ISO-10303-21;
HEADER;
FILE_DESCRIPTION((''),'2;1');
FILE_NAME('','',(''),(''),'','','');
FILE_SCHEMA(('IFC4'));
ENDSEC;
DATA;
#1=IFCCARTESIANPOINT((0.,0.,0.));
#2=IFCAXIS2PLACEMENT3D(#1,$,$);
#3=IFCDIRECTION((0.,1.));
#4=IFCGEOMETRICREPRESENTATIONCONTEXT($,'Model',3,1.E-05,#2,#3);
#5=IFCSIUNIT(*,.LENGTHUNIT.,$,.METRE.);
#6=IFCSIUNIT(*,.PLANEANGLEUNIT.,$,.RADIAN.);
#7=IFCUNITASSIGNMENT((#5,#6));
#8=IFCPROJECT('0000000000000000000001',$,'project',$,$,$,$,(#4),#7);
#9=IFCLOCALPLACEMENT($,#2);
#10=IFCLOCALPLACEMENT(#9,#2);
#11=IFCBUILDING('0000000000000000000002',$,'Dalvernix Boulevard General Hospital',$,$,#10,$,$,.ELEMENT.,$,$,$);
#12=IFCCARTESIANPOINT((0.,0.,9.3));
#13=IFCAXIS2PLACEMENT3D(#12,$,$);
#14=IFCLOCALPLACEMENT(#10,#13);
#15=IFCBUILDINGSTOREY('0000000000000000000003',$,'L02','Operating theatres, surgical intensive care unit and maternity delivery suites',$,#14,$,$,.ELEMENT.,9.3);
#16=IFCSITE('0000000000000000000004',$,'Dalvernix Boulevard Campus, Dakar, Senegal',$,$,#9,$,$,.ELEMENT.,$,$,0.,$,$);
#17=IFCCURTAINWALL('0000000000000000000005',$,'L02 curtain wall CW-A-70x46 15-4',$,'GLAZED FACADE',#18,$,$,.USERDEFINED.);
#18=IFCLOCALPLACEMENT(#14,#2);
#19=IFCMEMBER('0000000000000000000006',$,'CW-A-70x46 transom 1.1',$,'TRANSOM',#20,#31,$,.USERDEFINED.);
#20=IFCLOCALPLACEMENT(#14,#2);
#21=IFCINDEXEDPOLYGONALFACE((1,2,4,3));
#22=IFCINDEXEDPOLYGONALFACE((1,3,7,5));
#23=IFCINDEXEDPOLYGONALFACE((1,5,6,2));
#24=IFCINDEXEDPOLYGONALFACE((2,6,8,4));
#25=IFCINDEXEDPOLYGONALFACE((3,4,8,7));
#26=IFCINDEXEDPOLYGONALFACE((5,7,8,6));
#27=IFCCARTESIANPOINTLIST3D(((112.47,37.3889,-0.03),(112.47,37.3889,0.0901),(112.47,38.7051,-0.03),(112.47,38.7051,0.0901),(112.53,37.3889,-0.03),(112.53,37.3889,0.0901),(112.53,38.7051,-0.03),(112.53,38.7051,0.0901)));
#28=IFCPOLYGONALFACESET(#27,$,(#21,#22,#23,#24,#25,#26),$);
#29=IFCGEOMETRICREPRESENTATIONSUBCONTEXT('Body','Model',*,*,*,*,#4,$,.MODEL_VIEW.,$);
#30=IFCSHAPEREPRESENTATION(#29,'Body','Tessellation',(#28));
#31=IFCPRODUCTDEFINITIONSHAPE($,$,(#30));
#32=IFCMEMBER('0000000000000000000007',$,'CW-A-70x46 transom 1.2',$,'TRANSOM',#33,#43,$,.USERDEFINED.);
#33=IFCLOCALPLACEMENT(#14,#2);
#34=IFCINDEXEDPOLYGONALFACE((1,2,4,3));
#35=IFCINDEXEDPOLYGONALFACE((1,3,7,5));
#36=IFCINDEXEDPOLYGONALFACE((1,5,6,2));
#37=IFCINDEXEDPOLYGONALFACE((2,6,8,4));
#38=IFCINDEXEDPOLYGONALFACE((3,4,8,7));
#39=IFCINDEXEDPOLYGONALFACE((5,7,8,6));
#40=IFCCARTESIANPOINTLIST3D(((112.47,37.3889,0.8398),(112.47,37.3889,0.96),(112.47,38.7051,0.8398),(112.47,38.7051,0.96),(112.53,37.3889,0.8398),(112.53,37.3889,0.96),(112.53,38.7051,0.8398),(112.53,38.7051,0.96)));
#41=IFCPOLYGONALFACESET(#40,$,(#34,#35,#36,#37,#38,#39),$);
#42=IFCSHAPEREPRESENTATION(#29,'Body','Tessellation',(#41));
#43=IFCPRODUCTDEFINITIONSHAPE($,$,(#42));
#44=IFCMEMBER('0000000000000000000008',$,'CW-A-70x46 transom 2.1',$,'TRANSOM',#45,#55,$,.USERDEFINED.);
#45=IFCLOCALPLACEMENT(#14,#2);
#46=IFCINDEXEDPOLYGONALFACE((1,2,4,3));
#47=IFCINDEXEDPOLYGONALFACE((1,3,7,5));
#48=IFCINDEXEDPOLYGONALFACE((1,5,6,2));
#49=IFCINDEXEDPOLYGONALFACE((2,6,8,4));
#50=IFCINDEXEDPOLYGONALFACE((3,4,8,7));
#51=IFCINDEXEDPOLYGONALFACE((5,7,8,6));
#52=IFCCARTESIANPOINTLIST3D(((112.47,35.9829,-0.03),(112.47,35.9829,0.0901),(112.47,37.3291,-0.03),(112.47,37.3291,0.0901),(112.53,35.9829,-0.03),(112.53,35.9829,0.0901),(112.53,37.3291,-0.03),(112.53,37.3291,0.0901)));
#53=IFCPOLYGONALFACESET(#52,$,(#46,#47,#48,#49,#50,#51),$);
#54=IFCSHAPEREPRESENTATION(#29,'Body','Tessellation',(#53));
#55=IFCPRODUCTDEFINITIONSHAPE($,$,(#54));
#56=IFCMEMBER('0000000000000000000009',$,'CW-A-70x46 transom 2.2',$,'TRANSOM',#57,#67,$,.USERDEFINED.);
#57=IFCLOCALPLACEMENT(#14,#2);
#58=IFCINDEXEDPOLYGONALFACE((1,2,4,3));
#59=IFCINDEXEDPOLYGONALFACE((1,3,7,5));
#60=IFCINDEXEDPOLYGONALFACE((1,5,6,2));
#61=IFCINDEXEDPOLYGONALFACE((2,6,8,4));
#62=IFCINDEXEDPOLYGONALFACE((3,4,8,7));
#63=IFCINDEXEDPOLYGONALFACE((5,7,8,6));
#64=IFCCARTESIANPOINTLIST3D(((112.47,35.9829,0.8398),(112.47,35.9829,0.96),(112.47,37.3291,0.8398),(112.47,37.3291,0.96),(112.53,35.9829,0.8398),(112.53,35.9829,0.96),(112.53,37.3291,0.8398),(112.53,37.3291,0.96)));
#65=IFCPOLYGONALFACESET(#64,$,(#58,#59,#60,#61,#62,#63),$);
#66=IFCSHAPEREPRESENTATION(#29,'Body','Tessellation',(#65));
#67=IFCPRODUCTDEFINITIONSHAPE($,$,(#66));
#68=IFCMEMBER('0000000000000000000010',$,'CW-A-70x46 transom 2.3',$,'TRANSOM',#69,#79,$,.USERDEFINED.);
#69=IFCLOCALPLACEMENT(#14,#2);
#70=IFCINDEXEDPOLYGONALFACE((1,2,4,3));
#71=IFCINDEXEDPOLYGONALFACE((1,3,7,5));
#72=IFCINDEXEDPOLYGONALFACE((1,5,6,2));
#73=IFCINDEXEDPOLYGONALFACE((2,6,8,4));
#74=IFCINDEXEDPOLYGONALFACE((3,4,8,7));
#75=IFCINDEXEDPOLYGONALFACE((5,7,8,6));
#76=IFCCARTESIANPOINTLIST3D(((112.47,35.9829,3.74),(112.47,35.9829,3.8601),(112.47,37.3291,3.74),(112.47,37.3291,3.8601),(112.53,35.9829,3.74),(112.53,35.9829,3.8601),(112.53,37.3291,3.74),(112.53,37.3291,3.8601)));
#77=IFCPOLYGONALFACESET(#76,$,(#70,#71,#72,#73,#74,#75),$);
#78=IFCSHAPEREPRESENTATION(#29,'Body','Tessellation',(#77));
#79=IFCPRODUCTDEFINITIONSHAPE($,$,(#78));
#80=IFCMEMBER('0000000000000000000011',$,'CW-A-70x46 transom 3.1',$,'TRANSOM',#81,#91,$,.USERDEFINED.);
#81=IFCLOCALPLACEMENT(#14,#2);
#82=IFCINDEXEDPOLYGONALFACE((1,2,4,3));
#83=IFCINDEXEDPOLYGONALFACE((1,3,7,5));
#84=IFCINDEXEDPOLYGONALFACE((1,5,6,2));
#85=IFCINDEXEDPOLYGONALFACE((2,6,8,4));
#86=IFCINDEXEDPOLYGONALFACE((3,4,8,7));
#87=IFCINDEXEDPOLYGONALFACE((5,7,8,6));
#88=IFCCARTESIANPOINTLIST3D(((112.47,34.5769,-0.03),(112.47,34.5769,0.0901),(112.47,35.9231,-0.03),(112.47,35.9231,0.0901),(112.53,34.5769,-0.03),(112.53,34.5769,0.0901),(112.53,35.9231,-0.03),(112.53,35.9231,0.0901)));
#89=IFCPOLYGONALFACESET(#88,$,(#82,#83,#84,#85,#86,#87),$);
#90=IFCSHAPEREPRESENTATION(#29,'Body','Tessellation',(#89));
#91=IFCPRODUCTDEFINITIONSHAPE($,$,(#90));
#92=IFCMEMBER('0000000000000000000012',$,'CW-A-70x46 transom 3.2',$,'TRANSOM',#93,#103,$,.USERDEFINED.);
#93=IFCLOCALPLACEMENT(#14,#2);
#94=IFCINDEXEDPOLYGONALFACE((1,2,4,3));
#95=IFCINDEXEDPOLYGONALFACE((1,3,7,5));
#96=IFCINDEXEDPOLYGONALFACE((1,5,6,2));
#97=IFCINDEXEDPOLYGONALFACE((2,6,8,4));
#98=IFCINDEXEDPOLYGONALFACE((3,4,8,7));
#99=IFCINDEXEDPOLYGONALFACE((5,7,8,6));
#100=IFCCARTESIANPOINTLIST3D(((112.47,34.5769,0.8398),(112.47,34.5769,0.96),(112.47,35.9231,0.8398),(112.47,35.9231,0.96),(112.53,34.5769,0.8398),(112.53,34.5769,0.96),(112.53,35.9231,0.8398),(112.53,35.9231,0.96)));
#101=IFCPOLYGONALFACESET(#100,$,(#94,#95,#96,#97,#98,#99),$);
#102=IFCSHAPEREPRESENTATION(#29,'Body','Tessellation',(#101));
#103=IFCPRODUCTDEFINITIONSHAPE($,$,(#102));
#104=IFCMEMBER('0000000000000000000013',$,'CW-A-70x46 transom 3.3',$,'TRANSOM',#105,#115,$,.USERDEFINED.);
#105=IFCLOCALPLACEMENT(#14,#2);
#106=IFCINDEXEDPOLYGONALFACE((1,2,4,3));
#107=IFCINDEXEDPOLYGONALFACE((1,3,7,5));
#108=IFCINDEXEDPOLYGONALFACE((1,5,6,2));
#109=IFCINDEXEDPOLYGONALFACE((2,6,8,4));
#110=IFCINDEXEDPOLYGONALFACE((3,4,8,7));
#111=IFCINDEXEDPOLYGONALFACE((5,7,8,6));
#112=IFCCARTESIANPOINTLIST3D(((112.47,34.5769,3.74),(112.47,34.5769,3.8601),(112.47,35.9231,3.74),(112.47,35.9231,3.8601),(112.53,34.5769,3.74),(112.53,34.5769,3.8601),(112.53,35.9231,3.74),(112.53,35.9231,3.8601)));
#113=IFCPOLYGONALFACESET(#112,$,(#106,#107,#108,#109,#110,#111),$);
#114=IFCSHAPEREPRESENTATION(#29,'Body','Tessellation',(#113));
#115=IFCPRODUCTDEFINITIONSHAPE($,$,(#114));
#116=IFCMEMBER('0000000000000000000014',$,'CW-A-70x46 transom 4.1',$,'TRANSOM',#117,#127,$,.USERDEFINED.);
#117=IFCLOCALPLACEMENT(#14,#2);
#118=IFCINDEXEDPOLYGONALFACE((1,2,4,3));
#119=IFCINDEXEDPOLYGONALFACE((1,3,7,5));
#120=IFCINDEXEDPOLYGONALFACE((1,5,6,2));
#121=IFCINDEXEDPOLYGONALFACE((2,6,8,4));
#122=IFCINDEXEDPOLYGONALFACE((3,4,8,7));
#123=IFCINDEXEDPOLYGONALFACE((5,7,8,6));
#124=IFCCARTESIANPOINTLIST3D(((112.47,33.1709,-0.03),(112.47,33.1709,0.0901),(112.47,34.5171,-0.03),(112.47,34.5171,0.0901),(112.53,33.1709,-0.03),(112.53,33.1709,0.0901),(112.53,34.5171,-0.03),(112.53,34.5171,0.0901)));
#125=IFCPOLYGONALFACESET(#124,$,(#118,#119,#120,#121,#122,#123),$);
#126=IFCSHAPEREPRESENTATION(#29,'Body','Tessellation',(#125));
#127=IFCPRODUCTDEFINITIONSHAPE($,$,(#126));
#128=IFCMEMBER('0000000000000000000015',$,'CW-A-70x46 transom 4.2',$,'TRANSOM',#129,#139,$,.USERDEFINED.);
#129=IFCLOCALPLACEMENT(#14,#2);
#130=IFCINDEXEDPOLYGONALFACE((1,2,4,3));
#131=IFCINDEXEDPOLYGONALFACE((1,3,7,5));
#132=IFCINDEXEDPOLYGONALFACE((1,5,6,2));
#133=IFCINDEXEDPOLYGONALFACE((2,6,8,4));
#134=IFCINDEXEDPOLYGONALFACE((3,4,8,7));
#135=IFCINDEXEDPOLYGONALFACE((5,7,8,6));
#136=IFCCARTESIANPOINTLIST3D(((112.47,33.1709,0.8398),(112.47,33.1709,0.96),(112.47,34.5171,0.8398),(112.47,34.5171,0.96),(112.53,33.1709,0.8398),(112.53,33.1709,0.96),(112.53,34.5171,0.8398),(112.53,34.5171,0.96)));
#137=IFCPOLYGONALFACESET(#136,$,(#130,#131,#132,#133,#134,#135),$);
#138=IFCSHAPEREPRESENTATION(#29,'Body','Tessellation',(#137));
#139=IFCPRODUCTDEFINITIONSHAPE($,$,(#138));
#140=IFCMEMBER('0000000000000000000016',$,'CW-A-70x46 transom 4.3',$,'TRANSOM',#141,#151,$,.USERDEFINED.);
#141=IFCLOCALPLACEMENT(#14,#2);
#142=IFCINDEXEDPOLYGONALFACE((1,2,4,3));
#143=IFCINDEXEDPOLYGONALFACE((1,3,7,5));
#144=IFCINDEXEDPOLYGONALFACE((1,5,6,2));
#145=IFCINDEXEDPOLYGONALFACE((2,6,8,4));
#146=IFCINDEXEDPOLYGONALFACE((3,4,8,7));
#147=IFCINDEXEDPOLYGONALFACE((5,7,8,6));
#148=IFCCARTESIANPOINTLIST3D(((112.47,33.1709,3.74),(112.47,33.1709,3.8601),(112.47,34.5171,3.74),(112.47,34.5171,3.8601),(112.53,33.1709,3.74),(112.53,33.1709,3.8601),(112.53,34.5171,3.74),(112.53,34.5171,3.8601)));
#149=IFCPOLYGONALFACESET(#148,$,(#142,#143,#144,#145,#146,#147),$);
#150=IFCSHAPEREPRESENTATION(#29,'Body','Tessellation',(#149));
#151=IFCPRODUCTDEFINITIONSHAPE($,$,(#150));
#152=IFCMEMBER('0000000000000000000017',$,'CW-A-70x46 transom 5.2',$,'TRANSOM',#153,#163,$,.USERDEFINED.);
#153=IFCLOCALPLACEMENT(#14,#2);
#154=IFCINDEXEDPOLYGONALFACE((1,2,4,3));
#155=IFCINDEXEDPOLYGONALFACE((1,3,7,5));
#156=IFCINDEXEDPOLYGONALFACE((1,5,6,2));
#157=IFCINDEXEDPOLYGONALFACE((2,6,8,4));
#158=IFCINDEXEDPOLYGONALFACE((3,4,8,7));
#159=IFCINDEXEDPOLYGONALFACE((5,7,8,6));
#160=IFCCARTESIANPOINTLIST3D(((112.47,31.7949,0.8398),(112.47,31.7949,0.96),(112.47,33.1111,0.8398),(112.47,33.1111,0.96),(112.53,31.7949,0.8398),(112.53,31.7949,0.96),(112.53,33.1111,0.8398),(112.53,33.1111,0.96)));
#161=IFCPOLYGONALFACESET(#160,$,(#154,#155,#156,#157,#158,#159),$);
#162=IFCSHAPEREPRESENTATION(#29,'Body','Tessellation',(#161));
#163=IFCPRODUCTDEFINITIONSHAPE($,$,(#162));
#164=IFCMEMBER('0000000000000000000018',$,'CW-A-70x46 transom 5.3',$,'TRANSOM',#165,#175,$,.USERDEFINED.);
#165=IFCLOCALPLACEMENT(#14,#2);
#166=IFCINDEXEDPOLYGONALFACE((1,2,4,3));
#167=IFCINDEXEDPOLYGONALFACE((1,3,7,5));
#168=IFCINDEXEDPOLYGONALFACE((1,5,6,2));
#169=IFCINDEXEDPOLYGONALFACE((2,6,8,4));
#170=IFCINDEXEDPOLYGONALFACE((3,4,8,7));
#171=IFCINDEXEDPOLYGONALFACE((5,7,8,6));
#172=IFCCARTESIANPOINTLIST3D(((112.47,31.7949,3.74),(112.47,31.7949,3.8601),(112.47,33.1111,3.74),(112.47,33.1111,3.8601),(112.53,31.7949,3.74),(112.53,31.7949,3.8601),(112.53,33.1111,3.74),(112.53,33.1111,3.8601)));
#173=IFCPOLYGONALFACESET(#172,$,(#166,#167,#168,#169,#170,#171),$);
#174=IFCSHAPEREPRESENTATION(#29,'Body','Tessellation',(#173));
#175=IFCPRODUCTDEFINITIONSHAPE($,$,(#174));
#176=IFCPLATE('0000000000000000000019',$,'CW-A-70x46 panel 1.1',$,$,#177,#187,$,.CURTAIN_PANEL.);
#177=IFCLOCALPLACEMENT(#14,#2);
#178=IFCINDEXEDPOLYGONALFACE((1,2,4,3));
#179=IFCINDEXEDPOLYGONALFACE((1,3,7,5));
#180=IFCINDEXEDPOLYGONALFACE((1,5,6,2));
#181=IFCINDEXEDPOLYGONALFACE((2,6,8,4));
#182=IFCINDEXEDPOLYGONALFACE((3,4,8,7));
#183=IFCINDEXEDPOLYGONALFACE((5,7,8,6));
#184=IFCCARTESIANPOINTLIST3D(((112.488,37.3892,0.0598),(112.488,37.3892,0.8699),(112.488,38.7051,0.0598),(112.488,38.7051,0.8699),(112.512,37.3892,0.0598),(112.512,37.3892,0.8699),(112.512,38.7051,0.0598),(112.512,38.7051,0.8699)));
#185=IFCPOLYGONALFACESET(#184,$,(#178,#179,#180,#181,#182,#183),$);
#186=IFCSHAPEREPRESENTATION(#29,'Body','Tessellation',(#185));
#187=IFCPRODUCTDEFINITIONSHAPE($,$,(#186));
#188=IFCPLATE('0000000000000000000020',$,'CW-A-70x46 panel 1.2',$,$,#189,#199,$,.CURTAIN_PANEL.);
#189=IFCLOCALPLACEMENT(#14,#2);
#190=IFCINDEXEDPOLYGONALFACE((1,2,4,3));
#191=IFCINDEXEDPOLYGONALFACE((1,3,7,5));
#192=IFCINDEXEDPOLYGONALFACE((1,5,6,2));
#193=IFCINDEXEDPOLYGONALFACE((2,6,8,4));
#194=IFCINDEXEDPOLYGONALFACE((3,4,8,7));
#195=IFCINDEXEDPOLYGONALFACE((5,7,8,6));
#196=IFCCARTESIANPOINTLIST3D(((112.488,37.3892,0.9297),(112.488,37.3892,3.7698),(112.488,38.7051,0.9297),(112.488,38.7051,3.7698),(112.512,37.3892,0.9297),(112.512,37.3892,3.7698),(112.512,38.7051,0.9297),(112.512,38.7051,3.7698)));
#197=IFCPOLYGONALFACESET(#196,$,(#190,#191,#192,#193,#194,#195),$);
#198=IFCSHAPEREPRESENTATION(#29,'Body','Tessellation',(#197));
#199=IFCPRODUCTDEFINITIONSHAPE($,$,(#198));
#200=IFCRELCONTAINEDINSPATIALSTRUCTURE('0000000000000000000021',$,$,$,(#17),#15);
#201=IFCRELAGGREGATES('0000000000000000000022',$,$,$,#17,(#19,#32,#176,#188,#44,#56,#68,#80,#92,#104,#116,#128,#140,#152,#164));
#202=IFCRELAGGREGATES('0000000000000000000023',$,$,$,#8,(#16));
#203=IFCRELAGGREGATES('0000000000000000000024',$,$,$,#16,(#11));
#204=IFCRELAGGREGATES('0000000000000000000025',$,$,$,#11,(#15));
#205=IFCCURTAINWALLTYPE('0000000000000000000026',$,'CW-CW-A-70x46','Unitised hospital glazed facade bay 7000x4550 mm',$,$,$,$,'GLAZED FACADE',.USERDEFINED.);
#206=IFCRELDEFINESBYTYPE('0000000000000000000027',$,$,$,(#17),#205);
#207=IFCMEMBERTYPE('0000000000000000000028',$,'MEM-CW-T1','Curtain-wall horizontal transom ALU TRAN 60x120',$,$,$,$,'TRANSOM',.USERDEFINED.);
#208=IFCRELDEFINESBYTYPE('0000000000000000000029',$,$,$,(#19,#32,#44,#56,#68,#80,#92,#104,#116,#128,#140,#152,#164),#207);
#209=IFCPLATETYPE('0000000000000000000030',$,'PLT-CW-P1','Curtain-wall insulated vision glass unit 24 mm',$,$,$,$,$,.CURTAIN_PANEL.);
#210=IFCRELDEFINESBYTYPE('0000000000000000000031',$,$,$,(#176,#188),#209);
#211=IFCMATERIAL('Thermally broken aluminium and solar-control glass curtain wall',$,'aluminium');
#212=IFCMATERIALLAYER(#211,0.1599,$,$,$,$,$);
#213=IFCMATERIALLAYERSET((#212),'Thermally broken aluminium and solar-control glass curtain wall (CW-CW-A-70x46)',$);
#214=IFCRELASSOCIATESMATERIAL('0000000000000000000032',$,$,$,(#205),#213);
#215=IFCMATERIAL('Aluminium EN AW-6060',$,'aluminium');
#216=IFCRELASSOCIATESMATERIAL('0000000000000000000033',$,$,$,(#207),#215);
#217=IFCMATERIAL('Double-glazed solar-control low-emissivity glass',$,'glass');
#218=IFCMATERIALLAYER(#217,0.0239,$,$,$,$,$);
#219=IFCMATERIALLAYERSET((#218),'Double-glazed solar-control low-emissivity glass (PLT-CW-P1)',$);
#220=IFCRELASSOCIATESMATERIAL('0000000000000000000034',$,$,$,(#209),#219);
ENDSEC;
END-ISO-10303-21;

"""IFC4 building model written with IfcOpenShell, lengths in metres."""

from ifc_helpers import new_model, si_unit, direction, frame, origin, origin_2d, place, context, subcontext, project, spatial, rectangle, extrude, material, layer, layer_set, material_profile, profile_set, type_object, element, aggregate, save


model = new_model("IFC4")

# Units and contexts
model_context = context("Model", 3, precision=1e-05, world=origin(), true_north=direction((0.0, 1.0)))
body_context = subcontext(model_context, "Body", "Model", "MODEL_VIEW")
ifc_project = project(units=[si_unit("LENGTHUNIT", "METRE"), si_unit("PLANEANGLEUNIT", "RADIAN")], contexts=[model_context])

# Site, building, storey
site_placement = place(None, origin())
site = spatial("IfcSite", under=ifc_project, at=site_placement, Name="Dalvernix Boulevard Campus, Dakar, Senegal", CompositionType="ELEMENT", RefElevation=0.0)
building_placement = place(site_placement, origin())
building = spatial("IfcBuilding", under=site, at=building_placement, Name="Dalvernix Boulevard General Hospital", CompositionType="ELEMENT")
storey_placement = place(building_placement, frame((0.0, 0.0, 9.3)))
storey = spatial("IfcBuildingStorey", under=building, at=storey_placement, Name="L02", Description="Operating theatres, surgical intensive care unit and maternity delivery suites", CompositionType="ELEMENT", Elevation=9.3)

# Curtain wall, members, plates
ifc_material_1 = material(Name="Thermally broken aluminium and solar-control glass curtain wall", Category="aluminium")
ifc_layer_1 = layer(ifc_material_1, 0.1599)
ifc_layer_set_1 = layer_set([ifc_layer_1], Name="Thermally broken aluminium and solar-control glass curtain wall (CW-CW-A-70x46)")
curtain_wall_type = type_object("IfcCurtainWallType", Name="CW-CW-A-70x46", Description="Unitised hospital glazed facade bay 7000x4550 mm", ElementType="GLAZED FACADE", PredefinedType="USERDEFINED", material=ifc_layer_set_1)
curtain_wall_placement = place(storey_placement, origin())
curtain_wall = element("IfcCurtainWall", 1, at=curtain_wall_placement, inside=storey, type_object=curtain_wall_type, Name="L02 curtain wall CW-A-70x46 15-4", ObjectType="GLAZED FACADE", PredefinedType="USERDEFINED")
ifc_material_2 = material(Name="Aluminium EN AW-6060", Category="aluminium")
ifc_material_profile = material_profile(ifc_material_2, rectangle(XDim=0.0601, YDim=0.1201, at=origin_2d()), Name="ALU TRAN 60x120")
ifc_profile_set = profile_set([ifc_material_profile], Name="Aluminium EN AW-6060")
member_type = type_object("IfcMemberType", Name="MEM-CW-T1", Description="Curtain-wall horizontal transom ALU TRAN 60x120", ElementType="TRANSOM", PredefinedType="USERDEFINED", material=ifc_profile_set)
member_1_placement = place(storey_placement, frame((112.5, 38.7051, 0.03), z_axis=(0.0, -1.0, 0.0), x_axis=(1.0, 0.0, 0.0)))
member_1 = element("IfcMember", 2, at=member_1_placement, type_object=member_type, Name="CW-A-70x46 transom 1.1", ObjectType="TRANSOM", PredefinedType="USERDEFINED", context=body_context, shape_type="SweptSolid", body=[
    extrude(rectangle(XDim=0.0601, YDim=0.1201, at=origin_2d()), origin(), (0.0, 0.0, 1.0), 1.3162),
])
member_2_placement = place(storey_placement, frame((112.5, 38.7051, 0.8999), z_axis=(0.0, -1.0, 0.0), x_axis=(1.0, 0.0, 0.0)))
member_2 = element("IfcMember", 3, at=member_2_placement, type_object=member_type, Name="CW-A-70x46 transom 1.2", ObjectType="TRANSOM", PredefinedType="USERDEFINED", context=body_context, shape_type="SweptSolid", body=[
    extrude(rectangle(XDim=0.0601, YDim=0.1201, at=origin_2d()), origin(), (0.0, 0.0, 1.0), 1.3162),
])
member_3_placement = place(storey_placement, frame((112.5, 37.3291, 0.03), z_axis=(0.0, -1.0, 0.0), x_axis=(1.0, 0.0, 0.0)))
member_3 = element("IfcMember", 4, at=member_3_placement, type_object=member_type, Name="CW-A-70x46 transom 2.1", ObjectType="TRANSOM", PredefinedType="USERDEFINED", context=body_context, shape_type="SweptSolid", body=[
    extrude(rectangle(XDim=0.0601, YDim=0.1201, at=origin_2d()), origin(), (0.0, 0.0, 1.0), 1.3462),
])
member_4_placement = place(storey_placement, frame((112.5, 37.3291, 0.8999), z_axis=(0.0, -1.0, 0.0), x_axis=(1.0, 0.0, 0.0)))
member_4 = element("IfcMember", 5, at=member_4_placement, type_object=member_type, Name="CW-A-70x46 transom 2.2", ObjectType="TRANSOM", PredefinedType="USERDEFINED", context=body_context, shape_type="SweptSolid", body=[
    extrude(rectangle(XDim=0.0601, YDim=0.1201, at=origin_2d()), origin(), (0.0, 0.0, 1.0), 1.3462),
])
member_5_placement = place(storey_placement, frame((112.5, 37.3291, 3.8), z_axis=(0.0, -1.0, 0.0), x_axis=(1.0, 0.0, 0.0)))
member_5 = element("IfcMember", 6, at=member_5_placement, type_object=member_type, Name="CW-A-70x46 transom 2.3", ObjectType="TRANSOM", PredefinedType="USERDEFINED", context=body_context, shape_type="SweptSolid", body=[
    extrude(rectangle(XDim=0.0601, YDim=0.1201, at=origin_2d()), origin(), (0.0, 0.0, 1.0), 1.3462),
])
member_6_placement = place(storey_placement, frame((112.5, 35.9231, 0.03), z_axis=(0.0, -1.0, 0.0), x_axis=(1.0, 0.0, 0.0)))
member_6 = element("IfcMember", 7, at=member_6_placement, type_object=member_type, Name="CW-A-70x46 transom 3.1", ObjectType="TRANSOM", PredefinedType="USERDEFINED", context=body_context, shape_type="SweptSolid", body=[
    extrude(rectangle(XDim=0.0601, YDim=0.1201, at=origin_2d()), origin(), (0.0, 0.0, 1.0), 1.3462),
])
member_7_placement = place(storey_placement, frame((112.5, 35.9231, 0.8999), z_axis=(0.0, -1.0, 0.0), x_axis=(1.0, 0.0, 0.0)))
member_7 = element("IfcMember", 8, at=member_7_placement, type_object=member_type, Name="CW-A-70x46 transom 3.2", ObjectType="TRANSOM", PredefinedType="USERDEFINED", context=body_context, shape_type="SweptSolid", body=[
    extrude(rectangle(XDim=0.0601, YDim=0.1201, at=origin_2d()), origin(), (0.0, 0.0, 1.0), 1.3462),
])
member_8_placement = place(storey_placement, frame((112.5, 35.9231, 3.8), z_axis=(0.0, -1.0, 0.0), x_axis=(1.0, 0.0, 0.0)))
member_8 = element("IfcMember", 9, at=member_8_placement, type_object=member_type, Name="CW-A-70x46 transom 3.3", ObjectType="TRANSOM", PredefinedType="USERDEFINED", context=body_context, shape_type="SweptSolid", body=[
    extrude(rectangle(XDim=0.0601, YDim=0.1201, at=origin_2d()), origin(), (0.0, 0.0, 1.0), 1.3462),
])
member_9_placement = place(storey_placement, frame((112.5, 34.5171, 0.03), z_axis=(0.0, -1.0, 0.0), x_axis=(1.0, 0.0, 0.0)))
member_9 = element("IfcMember", 10, at=member_9_placement, type_object=member_type, Name="CW-A-70x46 transom 4.1", ObjectType="TRANSOM", PredefinedType="USERDEFINED", context=body_context, shape_type="SweptSolid", body=[
    extrude(rectangle(XDim=0.0601, YDim=0.1201, at=origin_2d()), origin(), (0.0, 0.0, 1.0), 1.3462),
])
member_10_placement = place(storey_placement, frame((112.5, 34.5171, 0.8999), z_axis=(0.0, -1.0, 0.0), x_axis=(1.0, 0.0, 0.0)))
member_10 = element("IfcMember", 11, at=member_10_placement, type_object=member_type, Name="CW-A-70x46 transom 4.2", ObjectType="TRANSOM", PredefinedType="USERDEFINED", context=body_context, shape_type="SweptSolid", body=[
    extrude(rectangle(XDim=0.0601, YDim=0.1201, at=origin_2d()), origin(), (0.0, 0.0, 1.0), 1.3462),
])
member_11_placement = place(storey_placement, frame((112.5, 34.5171, 3.8), z_axis=(0.0, -1.0, 0.0), x_axis=(1.0, 0.0, 0.0)))
member_11 = element("IfcMember", 12, at=member_11_placement, type_object=member_type, Name="CW-A-70x46 transom 4.3", ObjectType="TRANSOM", PredefinedType="USERDEFINED", context=body_context, shape_type="SweptSolid", body=[
    extrude(rectangle(XDim=0.0601, YDim=0.1201, at=origin_2d()), origin(), (0.0, 0.0, 1.0), 1.3462),
])
member_12_placement = place(storey_placement, frame((112.5, 33.1111, 0.8999), z_axis=(0.0, -1.0, 0.0), x_axis=(1.0, 0.0, 0.0)))
member_12 = element("IfcMember", 13, at=member_12_placement, type_object=member_type, Name="CW-A-70x46 transom 5.2", ObjectType="TRANSOM", PredefinedType="USERDEFINED", context=body_context, shape_type="SweptSolid", body=[
    extrude(rectangle(XDim=0.0601, YDim=0.1201, at=origin_2d()), origin(), (0.0, 0.0, 1.0), 1.3162),
])
member_13_placement = place(storey_placement, frame((112.5, 33.1111, 3.8), z_axis=(0.0, -1.0, 0.0), x_axis=(1.0, 0.0, 0.0)))
member_13 = element("IfcMember", 14, at=member_13_placement, type_object=member_type, Name="CW-A-70x46 transom 5.3", ObjectType="TRANSOM", PredefinedType="USERDEFINED", context=body_context, shape_type="SweptSolid", body=[
    extrude(rectangle(XDim=0.0601, YDim=0.1201, at=origin_2d()), origin(), (0.0, 0.0, 1.0), 1.3162),
])
ifc_material_3 = material(Name="Double-glazed solar-control low-emissivity glass", Category="glass")
ifc_layer_2 = layer(ifc_material_3, 0.0239)
ifc_layer_set_2 = layer_set([ifc_layer_2], Name="Double-glazed solar-control low-emissivity glass (PLT-CW-P1)")
plate_type = type_object("IfcPlateType", Name="PLT-CW-P1", Description="Curtain-wall insulated vision glass unit 24 mm", PredefinedType="CURTAIN_PANEL", material=ifc_layer_set_2)
plate_1_placement = place(storey_placement, frame((112.5, 38.0471, 0.0598), z_axis=(0.0, 0.0, 1.0), x_axis=(0.0, -1.0, 0.0)))
plate_1 = element("IfcPlate", 15, at=plate_1_placement, type_object=plate_type, Name="CW-A-70x46 panel 1.1", PredefinedType="CURTAIN_PANEL", context=body_context, shape_type="SweptSolid", body=[
    extrude(rectangle(XDim=1.3159, YDim=0.0239, at=origin_2d()), origin(), (0.0, 0.0, 1.0), 0.8101),
])
plate_2_placement = place(storey_placement, frame((112.5, 38.0471, 0.9297), z_axis=(0.0, 0.0, 1.0), x_axis=(0.0, -1.0, 0.0)))
plate_2 = element("IfcPlate", 16, at=plate_2_placement, type_object=plate_type, Name="CW-A-70x46 panel 1.2", PredefinedType="CURTAIN_PANEL", context=body_context, shape_type="SweptSolid", body=[
    extrude(rectangle(XDim=1.3159, YDim=0.0239, at=origin_2d()), origin(), (0.0, 0.0, 1.0), 2.8401),
])
aggregate(curtain_wall, [member_1, member_2, plate_1, plate_2, member_3, member_4, member_5, member_6, member_7, member_8, member_9, member_10, member_11, member_12, member_13])

save(model, "model.ifc")
